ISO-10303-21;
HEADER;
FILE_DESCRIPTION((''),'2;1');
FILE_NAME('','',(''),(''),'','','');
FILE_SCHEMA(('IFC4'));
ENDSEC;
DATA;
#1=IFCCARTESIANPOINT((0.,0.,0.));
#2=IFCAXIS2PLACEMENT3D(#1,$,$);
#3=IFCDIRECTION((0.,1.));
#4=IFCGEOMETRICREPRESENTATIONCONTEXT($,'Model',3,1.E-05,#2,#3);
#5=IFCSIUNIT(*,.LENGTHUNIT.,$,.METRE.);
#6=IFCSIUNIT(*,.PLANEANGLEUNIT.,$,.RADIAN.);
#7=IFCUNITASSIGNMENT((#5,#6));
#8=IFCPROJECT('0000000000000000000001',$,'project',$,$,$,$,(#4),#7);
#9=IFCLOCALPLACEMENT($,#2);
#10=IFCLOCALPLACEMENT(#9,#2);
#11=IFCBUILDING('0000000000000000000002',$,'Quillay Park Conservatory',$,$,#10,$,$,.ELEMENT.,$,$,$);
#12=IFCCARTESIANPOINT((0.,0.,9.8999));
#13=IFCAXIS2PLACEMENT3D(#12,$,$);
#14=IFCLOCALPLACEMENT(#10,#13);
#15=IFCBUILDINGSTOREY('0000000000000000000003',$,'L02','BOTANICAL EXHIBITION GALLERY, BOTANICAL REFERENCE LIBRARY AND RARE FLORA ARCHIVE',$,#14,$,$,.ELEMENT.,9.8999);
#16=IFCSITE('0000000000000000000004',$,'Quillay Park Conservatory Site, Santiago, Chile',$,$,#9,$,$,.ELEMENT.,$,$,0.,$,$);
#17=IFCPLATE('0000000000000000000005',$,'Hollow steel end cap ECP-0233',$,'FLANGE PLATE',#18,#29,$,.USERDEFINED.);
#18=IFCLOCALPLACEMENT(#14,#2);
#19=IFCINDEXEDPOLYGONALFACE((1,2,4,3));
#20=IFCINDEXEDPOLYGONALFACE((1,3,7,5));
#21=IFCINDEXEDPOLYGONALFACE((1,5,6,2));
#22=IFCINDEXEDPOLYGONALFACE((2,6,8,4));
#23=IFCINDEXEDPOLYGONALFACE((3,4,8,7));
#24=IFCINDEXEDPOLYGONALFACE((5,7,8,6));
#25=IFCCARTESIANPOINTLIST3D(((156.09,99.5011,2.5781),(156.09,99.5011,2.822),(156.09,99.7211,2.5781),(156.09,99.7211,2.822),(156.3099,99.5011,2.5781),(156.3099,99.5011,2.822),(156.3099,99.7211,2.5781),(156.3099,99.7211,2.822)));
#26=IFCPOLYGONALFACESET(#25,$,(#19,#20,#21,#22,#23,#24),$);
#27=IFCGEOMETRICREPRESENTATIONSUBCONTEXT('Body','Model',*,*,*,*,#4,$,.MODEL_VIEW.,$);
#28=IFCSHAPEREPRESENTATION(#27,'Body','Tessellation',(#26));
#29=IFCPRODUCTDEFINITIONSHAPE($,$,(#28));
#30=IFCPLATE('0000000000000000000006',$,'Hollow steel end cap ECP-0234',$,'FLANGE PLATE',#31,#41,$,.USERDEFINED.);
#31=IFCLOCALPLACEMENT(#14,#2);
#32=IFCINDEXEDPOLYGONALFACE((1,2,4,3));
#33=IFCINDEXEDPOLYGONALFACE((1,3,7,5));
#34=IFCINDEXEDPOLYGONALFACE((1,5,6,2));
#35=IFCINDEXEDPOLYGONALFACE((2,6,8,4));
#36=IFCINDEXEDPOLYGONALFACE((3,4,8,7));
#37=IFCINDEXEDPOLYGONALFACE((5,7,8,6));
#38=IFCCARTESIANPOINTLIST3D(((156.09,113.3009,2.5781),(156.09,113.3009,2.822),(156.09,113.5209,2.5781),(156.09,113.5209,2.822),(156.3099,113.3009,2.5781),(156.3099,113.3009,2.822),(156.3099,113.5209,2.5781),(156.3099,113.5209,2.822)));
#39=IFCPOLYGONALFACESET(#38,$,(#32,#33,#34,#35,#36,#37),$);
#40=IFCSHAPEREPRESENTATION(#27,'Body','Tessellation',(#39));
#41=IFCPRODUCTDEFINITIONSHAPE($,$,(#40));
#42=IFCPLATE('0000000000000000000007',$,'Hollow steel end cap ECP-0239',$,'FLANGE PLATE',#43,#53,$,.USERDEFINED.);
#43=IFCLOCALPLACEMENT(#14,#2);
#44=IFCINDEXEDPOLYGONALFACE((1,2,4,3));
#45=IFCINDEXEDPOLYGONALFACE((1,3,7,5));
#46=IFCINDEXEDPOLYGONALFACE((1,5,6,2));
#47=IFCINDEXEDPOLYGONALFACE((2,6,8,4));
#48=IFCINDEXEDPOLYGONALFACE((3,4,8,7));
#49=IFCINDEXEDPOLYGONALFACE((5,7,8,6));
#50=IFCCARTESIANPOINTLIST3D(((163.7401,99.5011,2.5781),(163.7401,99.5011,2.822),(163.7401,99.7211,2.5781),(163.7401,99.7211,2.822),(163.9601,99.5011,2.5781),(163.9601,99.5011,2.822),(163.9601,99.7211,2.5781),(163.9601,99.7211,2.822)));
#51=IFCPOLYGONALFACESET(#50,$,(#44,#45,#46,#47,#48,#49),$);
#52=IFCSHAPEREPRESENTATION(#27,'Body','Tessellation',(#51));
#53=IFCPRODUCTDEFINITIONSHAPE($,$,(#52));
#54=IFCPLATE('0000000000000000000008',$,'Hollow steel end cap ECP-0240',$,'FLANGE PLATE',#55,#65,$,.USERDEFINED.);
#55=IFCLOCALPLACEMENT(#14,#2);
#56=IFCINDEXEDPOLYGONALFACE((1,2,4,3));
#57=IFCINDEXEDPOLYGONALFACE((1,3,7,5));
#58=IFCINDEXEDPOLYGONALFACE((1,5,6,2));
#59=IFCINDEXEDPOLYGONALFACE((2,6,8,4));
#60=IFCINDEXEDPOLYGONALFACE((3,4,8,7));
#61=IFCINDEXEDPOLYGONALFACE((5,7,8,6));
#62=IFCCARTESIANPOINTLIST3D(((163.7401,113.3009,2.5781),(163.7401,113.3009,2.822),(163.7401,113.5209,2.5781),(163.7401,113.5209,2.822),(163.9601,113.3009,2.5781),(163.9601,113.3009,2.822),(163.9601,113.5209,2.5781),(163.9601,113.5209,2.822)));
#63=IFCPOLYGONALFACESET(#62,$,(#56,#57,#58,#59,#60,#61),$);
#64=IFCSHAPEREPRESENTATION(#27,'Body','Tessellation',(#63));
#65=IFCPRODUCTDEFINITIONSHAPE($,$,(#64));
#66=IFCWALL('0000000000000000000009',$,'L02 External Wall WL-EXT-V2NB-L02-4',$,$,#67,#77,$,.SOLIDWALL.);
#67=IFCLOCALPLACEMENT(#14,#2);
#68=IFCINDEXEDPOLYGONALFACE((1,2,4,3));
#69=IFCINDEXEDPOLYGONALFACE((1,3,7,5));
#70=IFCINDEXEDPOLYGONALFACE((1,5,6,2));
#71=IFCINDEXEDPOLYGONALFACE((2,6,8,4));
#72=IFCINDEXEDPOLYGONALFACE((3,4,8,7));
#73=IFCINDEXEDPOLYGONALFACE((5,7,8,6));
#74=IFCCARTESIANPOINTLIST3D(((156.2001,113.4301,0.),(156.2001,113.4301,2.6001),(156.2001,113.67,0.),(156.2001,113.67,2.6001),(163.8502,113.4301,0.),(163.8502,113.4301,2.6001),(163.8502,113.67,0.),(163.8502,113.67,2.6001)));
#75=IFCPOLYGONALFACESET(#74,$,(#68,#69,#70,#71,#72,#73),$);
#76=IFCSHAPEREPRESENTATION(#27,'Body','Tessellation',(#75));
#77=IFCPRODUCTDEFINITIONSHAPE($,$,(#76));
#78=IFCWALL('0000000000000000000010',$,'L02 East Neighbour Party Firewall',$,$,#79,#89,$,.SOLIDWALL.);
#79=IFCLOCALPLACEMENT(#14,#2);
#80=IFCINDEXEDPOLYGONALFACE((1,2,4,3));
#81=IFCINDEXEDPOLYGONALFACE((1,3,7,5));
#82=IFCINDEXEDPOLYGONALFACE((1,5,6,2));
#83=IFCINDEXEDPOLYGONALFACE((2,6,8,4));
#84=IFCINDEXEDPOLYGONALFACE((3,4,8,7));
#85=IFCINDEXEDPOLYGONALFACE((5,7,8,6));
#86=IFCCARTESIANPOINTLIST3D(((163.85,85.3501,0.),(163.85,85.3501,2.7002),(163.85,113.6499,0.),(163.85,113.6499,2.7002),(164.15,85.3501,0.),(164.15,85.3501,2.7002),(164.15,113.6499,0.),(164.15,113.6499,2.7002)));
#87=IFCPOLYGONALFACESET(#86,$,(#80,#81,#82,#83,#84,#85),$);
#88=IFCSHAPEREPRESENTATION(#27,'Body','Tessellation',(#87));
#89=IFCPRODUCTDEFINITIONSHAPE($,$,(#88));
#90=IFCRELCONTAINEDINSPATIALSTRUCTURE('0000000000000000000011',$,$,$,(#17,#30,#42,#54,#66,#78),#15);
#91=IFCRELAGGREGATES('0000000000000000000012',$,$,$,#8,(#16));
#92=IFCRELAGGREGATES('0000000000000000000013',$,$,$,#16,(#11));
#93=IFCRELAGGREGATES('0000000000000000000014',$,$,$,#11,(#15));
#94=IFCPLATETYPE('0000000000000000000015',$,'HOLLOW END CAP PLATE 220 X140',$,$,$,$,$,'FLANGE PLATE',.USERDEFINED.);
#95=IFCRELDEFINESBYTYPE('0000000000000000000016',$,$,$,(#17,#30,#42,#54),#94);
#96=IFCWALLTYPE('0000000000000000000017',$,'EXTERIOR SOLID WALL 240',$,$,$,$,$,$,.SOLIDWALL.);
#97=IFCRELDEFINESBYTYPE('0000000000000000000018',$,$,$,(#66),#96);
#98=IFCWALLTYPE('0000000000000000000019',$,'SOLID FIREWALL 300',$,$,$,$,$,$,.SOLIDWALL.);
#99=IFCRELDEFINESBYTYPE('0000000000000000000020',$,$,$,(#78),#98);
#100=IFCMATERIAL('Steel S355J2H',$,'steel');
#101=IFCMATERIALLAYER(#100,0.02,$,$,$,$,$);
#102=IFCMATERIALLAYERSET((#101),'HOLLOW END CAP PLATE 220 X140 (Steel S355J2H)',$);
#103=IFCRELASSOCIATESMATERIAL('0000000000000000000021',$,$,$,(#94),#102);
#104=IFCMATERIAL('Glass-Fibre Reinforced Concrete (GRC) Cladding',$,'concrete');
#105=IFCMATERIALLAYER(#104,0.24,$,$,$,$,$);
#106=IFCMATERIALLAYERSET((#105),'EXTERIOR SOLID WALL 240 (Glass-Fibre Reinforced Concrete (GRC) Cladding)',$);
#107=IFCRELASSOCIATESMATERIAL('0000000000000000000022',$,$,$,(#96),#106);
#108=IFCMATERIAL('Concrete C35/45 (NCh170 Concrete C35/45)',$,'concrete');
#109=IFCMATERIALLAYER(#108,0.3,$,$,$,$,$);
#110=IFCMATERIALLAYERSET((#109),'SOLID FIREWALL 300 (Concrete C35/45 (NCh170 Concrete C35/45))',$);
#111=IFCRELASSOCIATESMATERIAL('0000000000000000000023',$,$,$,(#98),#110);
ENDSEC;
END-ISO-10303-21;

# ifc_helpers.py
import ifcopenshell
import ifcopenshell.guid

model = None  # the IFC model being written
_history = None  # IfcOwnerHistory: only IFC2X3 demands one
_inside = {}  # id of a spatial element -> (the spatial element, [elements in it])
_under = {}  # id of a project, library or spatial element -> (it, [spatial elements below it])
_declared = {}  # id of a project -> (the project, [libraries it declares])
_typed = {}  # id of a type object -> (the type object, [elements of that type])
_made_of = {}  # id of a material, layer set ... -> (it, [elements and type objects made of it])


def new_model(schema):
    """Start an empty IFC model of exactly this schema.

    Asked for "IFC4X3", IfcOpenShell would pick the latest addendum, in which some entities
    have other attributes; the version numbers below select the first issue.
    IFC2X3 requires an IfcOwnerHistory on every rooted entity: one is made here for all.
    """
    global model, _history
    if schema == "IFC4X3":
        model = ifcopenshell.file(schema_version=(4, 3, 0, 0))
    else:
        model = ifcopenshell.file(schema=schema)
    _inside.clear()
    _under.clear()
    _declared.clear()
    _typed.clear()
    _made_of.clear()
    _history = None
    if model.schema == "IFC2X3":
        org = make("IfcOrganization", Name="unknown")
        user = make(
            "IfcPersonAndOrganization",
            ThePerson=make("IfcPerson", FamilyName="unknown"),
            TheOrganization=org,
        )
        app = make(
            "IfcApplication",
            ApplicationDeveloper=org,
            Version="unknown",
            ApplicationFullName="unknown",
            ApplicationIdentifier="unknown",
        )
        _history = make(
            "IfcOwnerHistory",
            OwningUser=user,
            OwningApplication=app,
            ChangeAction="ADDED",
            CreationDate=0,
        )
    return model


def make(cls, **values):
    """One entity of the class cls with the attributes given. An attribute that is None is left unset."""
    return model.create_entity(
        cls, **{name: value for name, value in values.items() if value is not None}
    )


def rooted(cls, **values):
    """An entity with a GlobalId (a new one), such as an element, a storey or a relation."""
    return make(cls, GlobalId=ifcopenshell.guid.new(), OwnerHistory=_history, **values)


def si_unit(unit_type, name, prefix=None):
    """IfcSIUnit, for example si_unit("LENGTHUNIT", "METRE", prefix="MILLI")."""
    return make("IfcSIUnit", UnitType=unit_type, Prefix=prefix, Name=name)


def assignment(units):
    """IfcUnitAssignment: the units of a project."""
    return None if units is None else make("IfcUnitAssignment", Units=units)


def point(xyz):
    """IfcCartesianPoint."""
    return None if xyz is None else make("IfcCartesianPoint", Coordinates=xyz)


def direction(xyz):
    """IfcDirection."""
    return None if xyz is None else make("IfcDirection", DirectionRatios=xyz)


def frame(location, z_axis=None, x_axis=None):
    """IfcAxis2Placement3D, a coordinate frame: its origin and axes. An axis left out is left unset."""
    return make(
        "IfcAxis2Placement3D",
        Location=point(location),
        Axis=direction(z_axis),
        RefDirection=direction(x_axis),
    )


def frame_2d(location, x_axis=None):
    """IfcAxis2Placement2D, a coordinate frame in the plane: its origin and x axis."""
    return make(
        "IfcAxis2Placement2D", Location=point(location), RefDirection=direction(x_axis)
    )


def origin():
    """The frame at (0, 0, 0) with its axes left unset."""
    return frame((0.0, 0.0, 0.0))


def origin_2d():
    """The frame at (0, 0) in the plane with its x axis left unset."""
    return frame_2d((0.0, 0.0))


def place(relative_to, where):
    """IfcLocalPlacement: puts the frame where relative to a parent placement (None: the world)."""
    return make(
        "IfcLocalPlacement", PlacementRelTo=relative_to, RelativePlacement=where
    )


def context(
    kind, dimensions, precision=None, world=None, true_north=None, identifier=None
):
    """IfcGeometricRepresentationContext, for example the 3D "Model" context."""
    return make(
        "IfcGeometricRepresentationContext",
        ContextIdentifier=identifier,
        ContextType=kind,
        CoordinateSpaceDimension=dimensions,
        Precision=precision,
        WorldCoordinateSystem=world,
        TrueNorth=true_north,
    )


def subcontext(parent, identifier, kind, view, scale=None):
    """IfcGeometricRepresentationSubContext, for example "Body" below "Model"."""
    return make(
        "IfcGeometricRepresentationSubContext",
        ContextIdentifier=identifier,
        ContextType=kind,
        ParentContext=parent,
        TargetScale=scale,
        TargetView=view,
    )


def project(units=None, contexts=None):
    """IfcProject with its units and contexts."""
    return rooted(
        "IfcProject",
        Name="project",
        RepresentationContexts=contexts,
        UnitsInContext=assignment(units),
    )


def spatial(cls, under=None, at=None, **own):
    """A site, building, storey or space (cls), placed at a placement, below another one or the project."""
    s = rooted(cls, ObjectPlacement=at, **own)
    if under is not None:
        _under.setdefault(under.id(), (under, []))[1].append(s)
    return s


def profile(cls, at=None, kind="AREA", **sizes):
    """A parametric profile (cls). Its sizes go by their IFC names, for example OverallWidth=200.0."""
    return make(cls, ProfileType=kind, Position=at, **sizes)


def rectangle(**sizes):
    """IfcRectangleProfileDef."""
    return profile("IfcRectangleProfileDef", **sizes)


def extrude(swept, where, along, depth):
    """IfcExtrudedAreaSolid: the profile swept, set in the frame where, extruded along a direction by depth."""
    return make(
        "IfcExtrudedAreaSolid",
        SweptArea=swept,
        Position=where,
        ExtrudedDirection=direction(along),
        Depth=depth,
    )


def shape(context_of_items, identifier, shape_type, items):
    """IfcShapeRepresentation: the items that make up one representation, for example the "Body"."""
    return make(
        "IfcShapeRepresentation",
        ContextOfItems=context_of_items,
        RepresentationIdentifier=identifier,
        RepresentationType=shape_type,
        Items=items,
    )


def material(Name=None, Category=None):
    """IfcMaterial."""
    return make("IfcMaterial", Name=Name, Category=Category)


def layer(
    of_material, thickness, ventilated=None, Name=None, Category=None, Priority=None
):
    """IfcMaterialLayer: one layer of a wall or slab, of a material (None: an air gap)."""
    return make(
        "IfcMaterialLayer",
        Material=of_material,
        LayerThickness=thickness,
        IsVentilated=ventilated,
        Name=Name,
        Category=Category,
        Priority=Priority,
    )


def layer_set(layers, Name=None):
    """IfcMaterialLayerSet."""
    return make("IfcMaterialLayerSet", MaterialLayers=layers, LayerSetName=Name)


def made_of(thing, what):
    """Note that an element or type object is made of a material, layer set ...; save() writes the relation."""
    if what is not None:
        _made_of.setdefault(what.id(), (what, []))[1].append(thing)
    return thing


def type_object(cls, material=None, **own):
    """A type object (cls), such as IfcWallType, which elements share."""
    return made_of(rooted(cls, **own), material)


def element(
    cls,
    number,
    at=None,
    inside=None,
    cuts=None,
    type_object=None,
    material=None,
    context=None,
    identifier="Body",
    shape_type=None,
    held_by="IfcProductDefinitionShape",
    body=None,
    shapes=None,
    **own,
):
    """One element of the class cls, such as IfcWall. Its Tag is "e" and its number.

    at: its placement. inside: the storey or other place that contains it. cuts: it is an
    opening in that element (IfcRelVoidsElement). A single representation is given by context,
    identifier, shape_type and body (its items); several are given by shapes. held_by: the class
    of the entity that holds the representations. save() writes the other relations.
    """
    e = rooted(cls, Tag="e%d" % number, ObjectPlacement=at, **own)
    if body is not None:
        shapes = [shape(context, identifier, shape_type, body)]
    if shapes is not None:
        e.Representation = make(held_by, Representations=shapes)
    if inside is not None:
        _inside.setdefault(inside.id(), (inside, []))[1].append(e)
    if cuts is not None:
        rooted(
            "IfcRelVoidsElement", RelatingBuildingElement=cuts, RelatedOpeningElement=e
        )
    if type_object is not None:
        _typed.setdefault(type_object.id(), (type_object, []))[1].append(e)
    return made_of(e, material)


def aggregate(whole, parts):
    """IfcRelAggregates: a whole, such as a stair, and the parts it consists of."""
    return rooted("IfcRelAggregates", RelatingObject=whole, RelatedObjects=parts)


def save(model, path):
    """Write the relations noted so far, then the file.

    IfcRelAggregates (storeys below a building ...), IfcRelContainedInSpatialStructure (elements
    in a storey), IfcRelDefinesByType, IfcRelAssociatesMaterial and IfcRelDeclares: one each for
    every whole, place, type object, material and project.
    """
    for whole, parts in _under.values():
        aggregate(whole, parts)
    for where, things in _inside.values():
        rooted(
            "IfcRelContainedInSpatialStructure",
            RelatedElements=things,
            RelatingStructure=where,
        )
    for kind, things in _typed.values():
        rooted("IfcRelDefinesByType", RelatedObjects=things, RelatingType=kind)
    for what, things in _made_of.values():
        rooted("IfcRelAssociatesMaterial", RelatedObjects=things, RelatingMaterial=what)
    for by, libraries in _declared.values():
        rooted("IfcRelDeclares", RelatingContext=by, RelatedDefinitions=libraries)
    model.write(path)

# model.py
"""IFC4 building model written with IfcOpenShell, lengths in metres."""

from ifc_helpers import new_model, si_unit, direction, frame, frame_2d, origin, origin_2d, place, context, subcontext, project, spatial, rectangle, extrude, material, layer, layer_set, type_object, element, save


model = new_model("IFC4")

# Units and contexts
model_context = context("Model", 3, precision=1e-05, world=origin(), true_north=direction((0.0, 1.0)))
body_context = subcontext(model_context, "Body", "Model", "MODEL_VIEW")
ifc_project = project(units=[si_unit("LENGTHUNIT", "METRE"), si_unit("PLANEANGLEUNIT", "RADIAN")], contexts=[model_context])

# Site, building, storey
site_placement = place(None, origin())
site = spatial("IfcSite", under=ifc_project, at=site_placement, Name="Quillay Park Conservatory Site, Santiago, Chile", CompositionType="ELEMENT", RefElevation=0.0)
building_placement = place(site_placement, origin())
building = spatial("IfcBuilding", under=site, at=building_placement, Name="Quillay Park Conservatory", CompositionType="ELEMENT")
storey_placement = place(building_placement, frame((0.0, 0.0, 9.8999)))
storey = spatial("IfcBuildingStorey", under=building, at=storey_placement, Name="L02", Description="BOTANICAL EXHIBITION GALLERY, BOTANICAL REFERENCE LIBRARY AND RARE FLORA ARCHIVE", CompositionType="ELEMENT", Elevation=9.8999)

# Plates
ifc_material_1 = material(Name="Steel S355J2H", Category="steel")
ifc_layer_1 = layer(ifc_material_1, 0.02)
ifc_layer_set_1 = layer_set([ifc_layer_1], Name="HOLLOW END CAP PLATE 220 X140 (Steel S355J2H)")
plate_type = type_object("IfcPlateType", Name="HOLLOW END CAP PLATE 220 X140", ElementType="FLANGE PLATE", PredefinedType="USERDEFINED", material=ifc_layer_set_1)
for number, where, z_axis, x_axis, name in (
    (1, (156.2, 99.6111, 2.5781), (0.0, 0.0, 1.0), (1.0, 0.0, 0.0), "Hollow steel end cap ECP-0233"),
    (2, (156.2, 113.4109, 2.5781), (0.0, 0.0, 1.0), (1.0, 0.0, 0.0), "Hollow steel end cap ECP-0234"),
    (3, (163.8501, 99.6111, 2.5781), (0.0, 0.0, 1.0), (1.0, 0.0, 0.0), "Hollow steel end cap ECP-0239"),
    (4, (163.8501, 113.4109, 2.5781), (0.0, 0.0, 1.0), (1.0, 0.0, 0.0), "Hollow steel end cap ECP-0240"),
):
    element("IfcPlate", number, at=place(storey_placement, frame(where, z_axis=z_axis, x_axis=x_axis)), inside=storey, type_object=plate_type, Name=name, ObjectType="FLANGE PLATE", PredefinedType="USERDEFINED", context=body_context, shape_type="SweptSolid", body=[
        extrude(rectangle(XDim=0.22, YDim=0.22, at=origin_2d()), origin(), (0.0, 0.0, 1.0), 0.2439),
    ])

# Walls
ifc_material_2 = material(Name="Glass-Fibre Reinforced Concrete (GRC) Cladding", Category="concrete")
ifc_layer_2 = layer(ifc_material_2, 0.24)
ifc_layer_set_2 = layer_set([ifc_layer_2], Name="EXTERIOR SOLID WALL 240 (Glass-Fibre Reinforced Concrete (GRC) Cladding)")
wall_type_1 = type_object("IfcWallType", Name="EXTERIOR SOLID WALL 240", PredefinedType="SOLIDWALL", material=ifc_layer_set_2)
wall_1_placement = place(storey_placement, frame((156.2, 113.55, 0.0), z_axis=(0.0, 0.0, 1.0), x_axis=(1.0, 0.0, 0.0)))
element("IfcWall", 5, at=wall_1_placement, inside=storey, type_object=wall_type_1, Name="L02 External Wall WL-EXT-V2NB-L02-4", PredefinedType="SOLIDWALL", context=body_context, shape_type="SweptSolid", body=[
    extrude(rectangle(XDim=7.6501, YDim=0.24, at=frame_2d((3.8252, 0.0))), origin(), (0.0, 0.0, 1.0), 2.6001),
])
ifc_material_3 = material(Name="Concrete C35/45 (NCh170 Concrete C35/45)", Category="concrete")
ifc_layer_3 = layer(ifc_material_3, 0.3)
ifc_layer_set_3 = layer_set([ifc_layer_3], Name="SOLID FIREWALL 300 (Concrete C35/45 (NCh170 Concrete C35/45))")
wall_type_2 = type_object("IfcWallType", Name="SOLID FIREWALL 300", PredefinedType="SOLIDWALL", material=ifc_layer_set_3)
wall_2_placement = place(storey_placement, frame((164.0, 113.6499, 0.0), z_axis=(0.0, 0.0, 1.0), x_axis=(0.0, -1.0, 0.0)))
element("IfcWall", 6, at=wall_2_placement, inside=storey, type_object=wall_type_2, Name="L02 East Neighbour Party Firewall", PredefinedType="SOLIDWALL", context=body_context, shape_type="SweptSolid", body=[
    extrude(rectangle(XDim=28.2998, YDim=0.3, at=frame_2d((14.1499, 0.0))), origin(), (0.0, 0.0, 1.0), 2.7002),
])

save(model, "model.ifc")
